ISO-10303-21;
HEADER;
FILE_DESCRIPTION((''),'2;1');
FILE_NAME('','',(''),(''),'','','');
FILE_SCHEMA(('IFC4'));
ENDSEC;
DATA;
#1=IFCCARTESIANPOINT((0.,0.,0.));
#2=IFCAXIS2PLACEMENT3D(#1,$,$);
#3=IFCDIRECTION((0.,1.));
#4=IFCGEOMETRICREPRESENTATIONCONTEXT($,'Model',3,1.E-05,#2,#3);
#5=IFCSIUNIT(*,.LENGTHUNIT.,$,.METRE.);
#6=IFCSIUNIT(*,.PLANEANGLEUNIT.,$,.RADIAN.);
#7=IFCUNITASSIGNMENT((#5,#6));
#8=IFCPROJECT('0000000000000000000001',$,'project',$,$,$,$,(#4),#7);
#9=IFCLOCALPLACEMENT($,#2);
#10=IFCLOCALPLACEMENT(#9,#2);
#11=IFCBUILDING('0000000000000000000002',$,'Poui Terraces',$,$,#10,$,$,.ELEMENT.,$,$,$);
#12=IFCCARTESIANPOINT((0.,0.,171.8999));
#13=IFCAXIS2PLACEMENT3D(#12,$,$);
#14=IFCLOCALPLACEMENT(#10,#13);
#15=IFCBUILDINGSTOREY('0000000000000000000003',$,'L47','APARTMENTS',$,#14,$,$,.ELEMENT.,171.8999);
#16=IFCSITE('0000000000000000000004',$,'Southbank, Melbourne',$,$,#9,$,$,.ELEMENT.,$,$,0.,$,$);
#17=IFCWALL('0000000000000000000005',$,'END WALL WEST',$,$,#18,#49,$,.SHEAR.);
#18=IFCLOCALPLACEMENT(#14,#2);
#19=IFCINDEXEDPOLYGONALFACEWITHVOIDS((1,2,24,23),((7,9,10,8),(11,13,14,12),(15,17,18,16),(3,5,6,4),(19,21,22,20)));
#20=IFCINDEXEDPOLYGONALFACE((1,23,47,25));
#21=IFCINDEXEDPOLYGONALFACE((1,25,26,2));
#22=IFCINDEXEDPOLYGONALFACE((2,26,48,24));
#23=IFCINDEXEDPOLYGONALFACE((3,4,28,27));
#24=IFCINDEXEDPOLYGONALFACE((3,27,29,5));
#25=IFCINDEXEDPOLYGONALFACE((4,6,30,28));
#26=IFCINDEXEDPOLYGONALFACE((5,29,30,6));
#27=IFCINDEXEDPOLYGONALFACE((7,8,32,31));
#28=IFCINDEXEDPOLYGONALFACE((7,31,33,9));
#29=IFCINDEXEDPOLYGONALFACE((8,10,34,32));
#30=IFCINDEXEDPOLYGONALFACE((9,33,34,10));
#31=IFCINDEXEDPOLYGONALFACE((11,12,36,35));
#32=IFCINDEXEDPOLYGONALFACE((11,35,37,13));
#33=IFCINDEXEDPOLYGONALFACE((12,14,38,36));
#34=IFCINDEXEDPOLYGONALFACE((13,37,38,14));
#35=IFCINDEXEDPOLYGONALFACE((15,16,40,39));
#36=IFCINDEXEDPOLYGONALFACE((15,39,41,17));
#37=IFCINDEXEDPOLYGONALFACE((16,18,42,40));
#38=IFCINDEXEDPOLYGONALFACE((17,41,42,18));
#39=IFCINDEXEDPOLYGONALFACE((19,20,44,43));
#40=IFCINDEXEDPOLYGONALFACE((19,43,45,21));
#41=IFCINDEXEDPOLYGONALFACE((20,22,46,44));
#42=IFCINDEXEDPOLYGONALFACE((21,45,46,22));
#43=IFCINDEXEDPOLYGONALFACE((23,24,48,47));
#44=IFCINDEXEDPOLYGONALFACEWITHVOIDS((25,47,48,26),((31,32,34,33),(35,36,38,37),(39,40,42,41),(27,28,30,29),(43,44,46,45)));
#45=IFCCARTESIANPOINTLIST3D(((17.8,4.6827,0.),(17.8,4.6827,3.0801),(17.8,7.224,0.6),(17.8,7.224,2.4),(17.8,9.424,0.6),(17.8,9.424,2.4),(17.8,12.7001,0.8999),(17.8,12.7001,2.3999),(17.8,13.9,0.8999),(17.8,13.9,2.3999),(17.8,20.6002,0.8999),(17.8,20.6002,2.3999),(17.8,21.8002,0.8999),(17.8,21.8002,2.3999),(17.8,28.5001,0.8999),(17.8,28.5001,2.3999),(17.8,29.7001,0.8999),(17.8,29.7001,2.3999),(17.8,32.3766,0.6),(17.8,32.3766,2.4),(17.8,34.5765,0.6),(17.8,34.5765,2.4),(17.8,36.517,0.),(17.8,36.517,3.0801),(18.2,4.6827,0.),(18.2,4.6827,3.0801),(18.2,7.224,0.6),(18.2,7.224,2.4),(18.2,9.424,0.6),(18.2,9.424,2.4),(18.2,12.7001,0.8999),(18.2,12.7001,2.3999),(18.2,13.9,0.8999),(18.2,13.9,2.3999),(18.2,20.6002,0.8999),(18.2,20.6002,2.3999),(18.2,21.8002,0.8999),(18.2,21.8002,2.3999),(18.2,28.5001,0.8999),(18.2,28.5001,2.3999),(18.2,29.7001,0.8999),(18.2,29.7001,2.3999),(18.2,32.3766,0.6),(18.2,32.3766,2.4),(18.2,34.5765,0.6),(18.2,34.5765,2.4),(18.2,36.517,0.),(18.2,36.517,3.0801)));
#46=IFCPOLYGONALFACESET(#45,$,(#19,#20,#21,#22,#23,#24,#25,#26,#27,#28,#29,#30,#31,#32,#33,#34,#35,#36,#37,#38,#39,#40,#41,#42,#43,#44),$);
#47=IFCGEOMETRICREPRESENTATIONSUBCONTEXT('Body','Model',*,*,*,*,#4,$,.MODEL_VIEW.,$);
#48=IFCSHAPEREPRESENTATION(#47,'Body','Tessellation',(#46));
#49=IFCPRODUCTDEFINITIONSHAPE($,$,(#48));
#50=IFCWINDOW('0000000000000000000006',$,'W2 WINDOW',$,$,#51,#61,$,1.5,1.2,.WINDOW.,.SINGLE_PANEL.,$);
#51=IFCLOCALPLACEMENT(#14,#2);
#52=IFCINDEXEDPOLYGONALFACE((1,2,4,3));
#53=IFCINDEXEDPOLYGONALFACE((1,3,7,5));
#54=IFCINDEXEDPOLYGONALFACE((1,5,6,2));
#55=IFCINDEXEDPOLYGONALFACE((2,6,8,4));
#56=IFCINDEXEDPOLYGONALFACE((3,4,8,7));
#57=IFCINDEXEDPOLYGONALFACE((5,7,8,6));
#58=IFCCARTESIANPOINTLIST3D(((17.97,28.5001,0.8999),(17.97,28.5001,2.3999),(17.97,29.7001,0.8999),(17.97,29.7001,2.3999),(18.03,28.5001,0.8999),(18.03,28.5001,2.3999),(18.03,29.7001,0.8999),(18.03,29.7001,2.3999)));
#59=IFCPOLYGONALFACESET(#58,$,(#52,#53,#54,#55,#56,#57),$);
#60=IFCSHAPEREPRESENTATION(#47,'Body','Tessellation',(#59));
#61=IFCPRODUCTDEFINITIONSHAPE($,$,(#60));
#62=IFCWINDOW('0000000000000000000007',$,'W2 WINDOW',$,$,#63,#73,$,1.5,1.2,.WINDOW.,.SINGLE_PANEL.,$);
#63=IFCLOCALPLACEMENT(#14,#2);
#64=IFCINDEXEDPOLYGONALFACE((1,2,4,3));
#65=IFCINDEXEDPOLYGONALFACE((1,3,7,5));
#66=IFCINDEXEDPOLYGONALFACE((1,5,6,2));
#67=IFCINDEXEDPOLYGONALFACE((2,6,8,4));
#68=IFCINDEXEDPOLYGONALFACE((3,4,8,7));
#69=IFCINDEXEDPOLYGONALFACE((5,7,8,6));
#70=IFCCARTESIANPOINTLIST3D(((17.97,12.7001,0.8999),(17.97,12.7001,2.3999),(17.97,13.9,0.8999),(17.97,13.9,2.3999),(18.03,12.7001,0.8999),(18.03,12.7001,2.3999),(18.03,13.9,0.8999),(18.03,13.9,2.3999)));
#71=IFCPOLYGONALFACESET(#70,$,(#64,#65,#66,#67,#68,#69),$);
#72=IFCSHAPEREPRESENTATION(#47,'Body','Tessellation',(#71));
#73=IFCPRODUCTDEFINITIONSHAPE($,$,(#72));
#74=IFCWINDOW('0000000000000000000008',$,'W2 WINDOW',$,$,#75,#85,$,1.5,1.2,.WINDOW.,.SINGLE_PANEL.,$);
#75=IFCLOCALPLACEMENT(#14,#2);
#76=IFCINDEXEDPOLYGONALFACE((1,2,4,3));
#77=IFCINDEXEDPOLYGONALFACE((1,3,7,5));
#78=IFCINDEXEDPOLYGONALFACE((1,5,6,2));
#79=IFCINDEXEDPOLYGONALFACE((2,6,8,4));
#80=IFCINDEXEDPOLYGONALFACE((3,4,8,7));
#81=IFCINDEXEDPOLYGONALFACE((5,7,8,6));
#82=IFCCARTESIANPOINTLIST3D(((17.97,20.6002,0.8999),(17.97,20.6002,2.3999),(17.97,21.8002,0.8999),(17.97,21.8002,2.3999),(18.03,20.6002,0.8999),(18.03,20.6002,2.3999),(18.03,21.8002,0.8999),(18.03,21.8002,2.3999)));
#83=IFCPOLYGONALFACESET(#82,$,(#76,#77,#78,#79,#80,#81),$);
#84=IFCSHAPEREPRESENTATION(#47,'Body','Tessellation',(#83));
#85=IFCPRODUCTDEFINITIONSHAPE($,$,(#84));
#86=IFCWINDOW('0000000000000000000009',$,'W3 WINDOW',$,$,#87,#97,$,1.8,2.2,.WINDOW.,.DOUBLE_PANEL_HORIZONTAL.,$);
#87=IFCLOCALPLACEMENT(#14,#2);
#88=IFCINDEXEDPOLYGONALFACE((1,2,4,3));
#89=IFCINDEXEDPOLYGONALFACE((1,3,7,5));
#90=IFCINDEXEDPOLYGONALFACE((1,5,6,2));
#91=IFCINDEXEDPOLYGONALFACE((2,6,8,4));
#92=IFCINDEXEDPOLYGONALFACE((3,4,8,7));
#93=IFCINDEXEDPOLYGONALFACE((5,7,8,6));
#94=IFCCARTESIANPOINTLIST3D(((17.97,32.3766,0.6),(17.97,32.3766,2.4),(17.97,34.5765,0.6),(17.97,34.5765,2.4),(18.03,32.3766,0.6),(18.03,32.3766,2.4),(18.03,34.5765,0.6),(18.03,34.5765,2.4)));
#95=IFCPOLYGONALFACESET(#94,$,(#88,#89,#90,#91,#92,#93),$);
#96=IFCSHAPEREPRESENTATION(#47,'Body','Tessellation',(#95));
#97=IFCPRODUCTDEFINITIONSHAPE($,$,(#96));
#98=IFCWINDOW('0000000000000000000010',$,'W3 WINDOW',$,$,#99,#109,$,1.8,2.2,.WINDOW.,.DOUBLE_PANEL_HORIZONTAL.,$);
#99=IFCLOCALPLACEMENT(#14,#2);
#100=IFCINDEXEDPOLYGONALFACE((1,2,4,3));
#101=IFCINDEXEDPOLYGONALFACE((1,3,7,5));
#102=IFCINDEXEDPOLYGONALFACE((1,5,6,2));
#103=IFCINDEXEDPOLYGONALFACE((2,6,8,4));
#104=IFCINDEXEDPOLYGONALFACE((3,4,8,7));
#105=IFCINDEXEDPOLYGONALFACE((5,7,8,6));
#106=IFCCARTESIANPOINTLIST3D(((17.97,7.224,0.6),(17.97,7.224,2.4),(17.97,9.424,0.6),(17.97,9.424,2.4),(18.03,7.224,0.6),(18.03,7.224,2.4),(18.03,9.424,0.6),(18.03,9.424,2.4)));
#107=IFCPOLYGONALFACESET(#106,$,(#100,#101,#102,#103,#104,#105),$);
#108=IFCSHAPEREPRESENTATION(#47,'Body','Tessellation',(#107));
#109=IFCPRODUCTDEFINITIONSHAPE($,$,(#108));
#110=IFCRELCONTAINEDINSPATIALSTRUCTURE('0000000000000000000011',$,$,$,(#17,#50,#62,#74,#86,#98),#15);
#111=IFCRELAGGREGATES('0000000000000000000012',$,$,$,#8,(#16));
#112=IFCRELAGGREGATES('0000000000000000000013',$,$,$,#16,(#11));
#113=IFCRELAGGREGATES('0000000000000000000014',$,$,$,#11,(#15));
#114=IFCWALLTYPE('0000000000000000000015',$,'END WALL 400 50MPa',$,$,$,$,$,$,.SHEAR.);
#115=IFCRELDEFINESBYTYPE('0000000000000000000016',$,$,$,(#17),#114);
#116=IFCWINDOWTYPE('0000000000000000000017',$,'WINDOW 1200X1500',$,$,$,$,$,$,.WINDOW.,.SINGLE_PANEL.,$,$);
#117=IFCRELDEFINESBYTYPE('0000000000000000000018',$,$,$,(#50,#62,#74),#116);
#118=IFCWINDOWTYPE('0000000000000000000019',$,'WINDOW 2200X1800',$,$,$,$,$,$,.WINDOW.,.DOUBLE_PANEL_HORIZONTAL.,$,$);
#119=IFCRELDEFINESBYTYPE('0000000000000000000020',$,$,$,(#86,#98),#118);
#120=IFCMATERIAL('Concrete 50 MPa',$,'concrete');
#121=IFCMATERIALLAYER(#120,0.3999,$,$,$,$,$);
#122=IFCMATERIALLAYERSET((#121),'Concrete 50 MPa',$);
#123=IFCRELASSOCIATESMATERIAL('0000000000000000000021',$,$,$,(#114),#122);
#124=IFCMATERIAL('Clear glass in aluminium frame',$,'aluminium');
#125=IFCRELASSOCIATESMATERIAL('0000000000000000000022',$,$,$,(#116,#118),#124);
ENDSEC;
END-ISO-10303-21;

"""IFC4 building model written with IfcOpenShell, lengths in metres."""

from ifc_helpers import new_model, si_unit, direction, frame, frame_2d, origin, place, context, subcontext, project, spatial, rectangle, extrude, material, layer, layer_set, type_object, element, fill, save


model = new_model("IFC4")

# Units and contexts
model_context = context("Model", 3, precision=1e-05, world=origin(), true_north=direction((0.0, 1.0)))
body_context = subcontext(model_context, "Body", "Model", "MODEL_VIEW")
ifc_project = project(units=[si_unit("LENGTHUNIT", "METRE"), si_unit("PLANEANGLEUNIT", "RADIAN")], contexts=[model_context])

# Site, building, storey
site_placement = place(None, origin())
site = spatial("IfcSite", under=ifc_project, at=site_placement, Name="Southbank, Melbourne", CompositionType="ELEMENT", RefElevation=0.0)
building_placement = place(site_placement, origin())
building = spatial("IfcBuilding", under=site, at=building_placement, Name="Poui Terraces", CompositionType="ELEMENT")
storey_placement = place(building_placement, frame((0.0, 0.0, 171.8999)))
storey = spatial("IfcBuildingStorey", under=building, at=storey_placement, Name="L47", Description="APARTMENTS", CompositionType="ELEMENT", Elevation=171.8999)

# Wall, openings, windows
ifc_material_1 = material(Name="Concrete 50 MPa", Category="concrete")
ifc_layer = layer(ifc_material_1, 0.3999)
ifc_layer_set = layer_set([ifc_layer], Name="Concrete 50 MPa")
wall_type = type_object("IfcWallType", Name="END WALL 400 50MPa", PredefinedType="SHEAR", material=ifc_layer_set)
wall_placement = place(storey_placement, frame((18.0, 4.6829, 0.0), z_axis=(0.0, 0.0, 1.0), x_axis=(0.0, 1.0, 0.0)))
wall = element("IfcWall", 1, at=wall_placement, inside=storey, type_object=wall_type, Name="END WALL WEST", PredefinedType="SHEAR", context=body_context, shape_type="SweptSolid", body=[
    extrude(rectangle(XDim=31.8342, YDim=0.3999, at=frame_2d((15.917, 0.0))), origin(), (0.0, 0.0, 1.0), 3.0801),
])
opening_1_placement = place(wall_placement, frame((23.8171, 0.0, 0.8999)))
opening_1 = element("IfcOpeningElement", 2, at=opening_1_placement, cuts=wall, PredefinedType="OPENING", context=body_context, shape_type="SweptSolid", body=[
    extrude(rectangle(XDim=1.2, YDim=1.5, at=frame_2d((0.6001, 0.75))), frame((0.0, 0.21, 0.0), z_axis=(0.0, -1.0, 0.0), x_axis=(1.0, 0.0, 0.0)), (0.0, 0.0, 1.0), 0.4199),
])
opening_2_placement = place(wall_placement, frame((8.0171, 0.0, 0.8999)))
opening_2 = element("IfcOpeningElement", 3, at=opening_2_placement, cuts=wall, PredefinedType="OPENING", context=body_context, shape_type="SweptSolid", body=[
    extrude(rectangle(XDim=1.2, YDim=1.5, at=frame_2d((0.6001, 0.75))), frame((0.0, 0.21, 0.0), z_axis=(0.0, -1.0, 0.0), x_axis=(1.0, 0.0, 0.0)), (0.0, 0.0, 1.0), 0.4199),
])
opening_3_placement = place(wall_placement, frame((27.6936, 0.0, 0.6001)))
opening_3 = element("IfcOpeningElement", 4, at=opening_3_placement, cuts=wall, PredefinedType="OPENING", context=body_context, shape_type="SweptSolid", body=[
    extrude(rectangle(XDim=2.2, YDim=1.8, at=frame_2d((1.1001, 0.8999))), frame((0.0, 0.21, 0.0), z_axis=(0.0, -1.0, 0.0), x_axis=(1.0, 0.0, 0.0)), (0.0, 0.0, 1.0), 0.4199),
])
opening_4_placement = place(wall_placement, frame((2.541, 0.0, 0.6001)))
opening_4 = element("IfcOpeningElement", 5, at=opening_4_placement, cuts=wall, PredefinedType="OPENING", context=body_context, shape_type="SweptSolid", body=[
    extrude(rectangle(XDim=2.2, YDim=1.8, at=frame_2d((1.1001, 0.8999))), frame((0.0, 0.21, 0.0), z_axis=(0.0, -1.0, 0.0), x_axis=(1.0, 0.0, 0.0)), (0.0, 0.0, 1.0), 0.4199),
])
opening_5_placement = place(wall_placement, frame((15.9172, 0.0, 0.8999)))
opening_5 = element("IfcOpeningElement", 6, at=opening_5_placement, cuts=wall, PredefinedType="OPENING", context=body_context, shape_type="SweptSolid", body=[
    extrude(rectangle(XDim=1.2, YDim=1.5, at=frame_2d((0.6001, 0.75))), frame((0.0, 0.21, 0.0), z_axis=(0.0, -1.0, 0.0), x_axis=(1.0, 0.0, 0.0)), (0.0, 0.0, 1.0), 0.4199),
])
ifc_material_2 = material(Name="Clear glass in aluminium frame", Category="aluminium")
window_type_1 = type_object("IfcWindowType", Name="WINDOW 1200X1500", PartitioningType="SINGLE_PANEL", PredefinedType="WINDOW", material=ifc_material_2)
window_1_placement = place(opening_1_placement, origin())
window_1 = element("IfcWindow", 7, at=window_1_placement, inside=storey, type_object=window_type_1, Name="W2 WINDOW", OverallHeight=1.5, OverallWidth=1.2, PartitioningType="SINGLE_PANEL", PredefinedType="WINDOW", context=body_context, shape_type="SweptSolid", body=[
    extrude(rectangle(XDim=1.2, YDim=1.5, at=frame_2d((0.6001, 0.75))), frame((0.0, 0.03, 0.0), z_axis=(0.0, -1.0, 0.0), x_axis=(1.0, 0.0, 0.0)), (0.0, 0.0, 1.0), 0.0601),
])
fill(opening_1, window_1)
window_2_placement = place(opening_2_placement, origin())
window_2 = element("IfcWindow", 8, at=window_2_placement, inside=storey, type_object=window_type_1, Name="W2 WINDOW", OverallHeight=1.5, OverallWidth=1.2, PartitioningType="SINGLE_PANEL", PredefinedType="WINDOW", context=body_context, shape_type="SweptSolid", body=[
    extrude(rectangle(XDim=1.2, YDim=1.5, at=frame_2d((0.6001, 0.75))), frame((0.0, 0.03, 0.0), z_axis=(0.0, -1.0, 0.0), x_axis=(1.0, 0.0, 0.0)), (0.0, 0.0, 1.0), 0.0601),
])
fill(opening_2, window_2)
window_3_placement = place(opening_5_placement, origin())
window_3 = element("IfcWindow", 9, at=window_3_placement, inside=storey, type_object=window_type_1, Name="W2 WINDOW", OverallHeight=1.5, OverallWidth=1.2, PartitioningType="SINGLE_PANEL", PredefinedType="WINDOW", context=body_context, shape_type="SweptSolid", body=[
    extrude(rectangle(XDim=1.2, YDim=1.5, at=frame_2d((0.6001, 0.75))), frame((0.0, 0.03, 0.0), z_axis=(0.0, -1.0, 0.0), x_axis=(1.0, 0.0, 0.0)), (0.0, 0.0, 1.0), 0.0601),
])
fill(opening_5, window_3)
window_type_2 = type_object("IfcWindowType", Name="WINDOW 2200X1800", PartitioningType="DOUBLE_PANEL_HORIZONTAL", PredefinedType="WINDOW", material=ifc_material_2)
window_4_placement = place(opening_3_placement, origin())
window_4 = element("IfcWindow", 10, at=window_4_placement, inside=storey, type_object=window_type_2, Name="W3 WINDOW", OverallHeight=1.8, OverallWidth=2.2, PartitioningType="DOUBLE_PANEL_HORIZONTAL", PredefinedType="WINDOW", context=body_context, shape_type="SweptSolid", body=[
    extrude(rectangle(XDim=2.2, YDim=1.8, at=frame_2d((1.1001, 0.8999))), frame((0.0, 0.03, 0.0), z_axis=(0.0, -1.0, 0.0), x_axis=(1.0, 0.0, 0.0)), (0.0, 0.0, 1.0), 0.0601),
])
fill(opening_3, window_4)
window_5_placement = place(opening_4_placement, origin())
window_5 = element("IfcWindow", 11, at=window_5_placement, inside=storey, type_object=window_type_2, Name="W3 WINDOW", OverallHeight=1.8, OverallWidth=2.2, PartitioningType="DOUBLE_PANEL_HORIZONTAL", PredefinedType="WINDOW", context=body_context, shape_type="SweptSolid", body=[
    extrude(rectangle(XDim=2.2, YDim=1.8, at=frame_2d((1.1001, 0.8999))), frame((0.0, 0.03, 0.0), z_axis=(0.0, -1.0, 0.0), x_axis=(1.0, 0.0, 0.0)), (0.0, 0.0, 1.0), 0.0601),
])
fill(opening_4, window_5)

save(model, "model.ifc")
